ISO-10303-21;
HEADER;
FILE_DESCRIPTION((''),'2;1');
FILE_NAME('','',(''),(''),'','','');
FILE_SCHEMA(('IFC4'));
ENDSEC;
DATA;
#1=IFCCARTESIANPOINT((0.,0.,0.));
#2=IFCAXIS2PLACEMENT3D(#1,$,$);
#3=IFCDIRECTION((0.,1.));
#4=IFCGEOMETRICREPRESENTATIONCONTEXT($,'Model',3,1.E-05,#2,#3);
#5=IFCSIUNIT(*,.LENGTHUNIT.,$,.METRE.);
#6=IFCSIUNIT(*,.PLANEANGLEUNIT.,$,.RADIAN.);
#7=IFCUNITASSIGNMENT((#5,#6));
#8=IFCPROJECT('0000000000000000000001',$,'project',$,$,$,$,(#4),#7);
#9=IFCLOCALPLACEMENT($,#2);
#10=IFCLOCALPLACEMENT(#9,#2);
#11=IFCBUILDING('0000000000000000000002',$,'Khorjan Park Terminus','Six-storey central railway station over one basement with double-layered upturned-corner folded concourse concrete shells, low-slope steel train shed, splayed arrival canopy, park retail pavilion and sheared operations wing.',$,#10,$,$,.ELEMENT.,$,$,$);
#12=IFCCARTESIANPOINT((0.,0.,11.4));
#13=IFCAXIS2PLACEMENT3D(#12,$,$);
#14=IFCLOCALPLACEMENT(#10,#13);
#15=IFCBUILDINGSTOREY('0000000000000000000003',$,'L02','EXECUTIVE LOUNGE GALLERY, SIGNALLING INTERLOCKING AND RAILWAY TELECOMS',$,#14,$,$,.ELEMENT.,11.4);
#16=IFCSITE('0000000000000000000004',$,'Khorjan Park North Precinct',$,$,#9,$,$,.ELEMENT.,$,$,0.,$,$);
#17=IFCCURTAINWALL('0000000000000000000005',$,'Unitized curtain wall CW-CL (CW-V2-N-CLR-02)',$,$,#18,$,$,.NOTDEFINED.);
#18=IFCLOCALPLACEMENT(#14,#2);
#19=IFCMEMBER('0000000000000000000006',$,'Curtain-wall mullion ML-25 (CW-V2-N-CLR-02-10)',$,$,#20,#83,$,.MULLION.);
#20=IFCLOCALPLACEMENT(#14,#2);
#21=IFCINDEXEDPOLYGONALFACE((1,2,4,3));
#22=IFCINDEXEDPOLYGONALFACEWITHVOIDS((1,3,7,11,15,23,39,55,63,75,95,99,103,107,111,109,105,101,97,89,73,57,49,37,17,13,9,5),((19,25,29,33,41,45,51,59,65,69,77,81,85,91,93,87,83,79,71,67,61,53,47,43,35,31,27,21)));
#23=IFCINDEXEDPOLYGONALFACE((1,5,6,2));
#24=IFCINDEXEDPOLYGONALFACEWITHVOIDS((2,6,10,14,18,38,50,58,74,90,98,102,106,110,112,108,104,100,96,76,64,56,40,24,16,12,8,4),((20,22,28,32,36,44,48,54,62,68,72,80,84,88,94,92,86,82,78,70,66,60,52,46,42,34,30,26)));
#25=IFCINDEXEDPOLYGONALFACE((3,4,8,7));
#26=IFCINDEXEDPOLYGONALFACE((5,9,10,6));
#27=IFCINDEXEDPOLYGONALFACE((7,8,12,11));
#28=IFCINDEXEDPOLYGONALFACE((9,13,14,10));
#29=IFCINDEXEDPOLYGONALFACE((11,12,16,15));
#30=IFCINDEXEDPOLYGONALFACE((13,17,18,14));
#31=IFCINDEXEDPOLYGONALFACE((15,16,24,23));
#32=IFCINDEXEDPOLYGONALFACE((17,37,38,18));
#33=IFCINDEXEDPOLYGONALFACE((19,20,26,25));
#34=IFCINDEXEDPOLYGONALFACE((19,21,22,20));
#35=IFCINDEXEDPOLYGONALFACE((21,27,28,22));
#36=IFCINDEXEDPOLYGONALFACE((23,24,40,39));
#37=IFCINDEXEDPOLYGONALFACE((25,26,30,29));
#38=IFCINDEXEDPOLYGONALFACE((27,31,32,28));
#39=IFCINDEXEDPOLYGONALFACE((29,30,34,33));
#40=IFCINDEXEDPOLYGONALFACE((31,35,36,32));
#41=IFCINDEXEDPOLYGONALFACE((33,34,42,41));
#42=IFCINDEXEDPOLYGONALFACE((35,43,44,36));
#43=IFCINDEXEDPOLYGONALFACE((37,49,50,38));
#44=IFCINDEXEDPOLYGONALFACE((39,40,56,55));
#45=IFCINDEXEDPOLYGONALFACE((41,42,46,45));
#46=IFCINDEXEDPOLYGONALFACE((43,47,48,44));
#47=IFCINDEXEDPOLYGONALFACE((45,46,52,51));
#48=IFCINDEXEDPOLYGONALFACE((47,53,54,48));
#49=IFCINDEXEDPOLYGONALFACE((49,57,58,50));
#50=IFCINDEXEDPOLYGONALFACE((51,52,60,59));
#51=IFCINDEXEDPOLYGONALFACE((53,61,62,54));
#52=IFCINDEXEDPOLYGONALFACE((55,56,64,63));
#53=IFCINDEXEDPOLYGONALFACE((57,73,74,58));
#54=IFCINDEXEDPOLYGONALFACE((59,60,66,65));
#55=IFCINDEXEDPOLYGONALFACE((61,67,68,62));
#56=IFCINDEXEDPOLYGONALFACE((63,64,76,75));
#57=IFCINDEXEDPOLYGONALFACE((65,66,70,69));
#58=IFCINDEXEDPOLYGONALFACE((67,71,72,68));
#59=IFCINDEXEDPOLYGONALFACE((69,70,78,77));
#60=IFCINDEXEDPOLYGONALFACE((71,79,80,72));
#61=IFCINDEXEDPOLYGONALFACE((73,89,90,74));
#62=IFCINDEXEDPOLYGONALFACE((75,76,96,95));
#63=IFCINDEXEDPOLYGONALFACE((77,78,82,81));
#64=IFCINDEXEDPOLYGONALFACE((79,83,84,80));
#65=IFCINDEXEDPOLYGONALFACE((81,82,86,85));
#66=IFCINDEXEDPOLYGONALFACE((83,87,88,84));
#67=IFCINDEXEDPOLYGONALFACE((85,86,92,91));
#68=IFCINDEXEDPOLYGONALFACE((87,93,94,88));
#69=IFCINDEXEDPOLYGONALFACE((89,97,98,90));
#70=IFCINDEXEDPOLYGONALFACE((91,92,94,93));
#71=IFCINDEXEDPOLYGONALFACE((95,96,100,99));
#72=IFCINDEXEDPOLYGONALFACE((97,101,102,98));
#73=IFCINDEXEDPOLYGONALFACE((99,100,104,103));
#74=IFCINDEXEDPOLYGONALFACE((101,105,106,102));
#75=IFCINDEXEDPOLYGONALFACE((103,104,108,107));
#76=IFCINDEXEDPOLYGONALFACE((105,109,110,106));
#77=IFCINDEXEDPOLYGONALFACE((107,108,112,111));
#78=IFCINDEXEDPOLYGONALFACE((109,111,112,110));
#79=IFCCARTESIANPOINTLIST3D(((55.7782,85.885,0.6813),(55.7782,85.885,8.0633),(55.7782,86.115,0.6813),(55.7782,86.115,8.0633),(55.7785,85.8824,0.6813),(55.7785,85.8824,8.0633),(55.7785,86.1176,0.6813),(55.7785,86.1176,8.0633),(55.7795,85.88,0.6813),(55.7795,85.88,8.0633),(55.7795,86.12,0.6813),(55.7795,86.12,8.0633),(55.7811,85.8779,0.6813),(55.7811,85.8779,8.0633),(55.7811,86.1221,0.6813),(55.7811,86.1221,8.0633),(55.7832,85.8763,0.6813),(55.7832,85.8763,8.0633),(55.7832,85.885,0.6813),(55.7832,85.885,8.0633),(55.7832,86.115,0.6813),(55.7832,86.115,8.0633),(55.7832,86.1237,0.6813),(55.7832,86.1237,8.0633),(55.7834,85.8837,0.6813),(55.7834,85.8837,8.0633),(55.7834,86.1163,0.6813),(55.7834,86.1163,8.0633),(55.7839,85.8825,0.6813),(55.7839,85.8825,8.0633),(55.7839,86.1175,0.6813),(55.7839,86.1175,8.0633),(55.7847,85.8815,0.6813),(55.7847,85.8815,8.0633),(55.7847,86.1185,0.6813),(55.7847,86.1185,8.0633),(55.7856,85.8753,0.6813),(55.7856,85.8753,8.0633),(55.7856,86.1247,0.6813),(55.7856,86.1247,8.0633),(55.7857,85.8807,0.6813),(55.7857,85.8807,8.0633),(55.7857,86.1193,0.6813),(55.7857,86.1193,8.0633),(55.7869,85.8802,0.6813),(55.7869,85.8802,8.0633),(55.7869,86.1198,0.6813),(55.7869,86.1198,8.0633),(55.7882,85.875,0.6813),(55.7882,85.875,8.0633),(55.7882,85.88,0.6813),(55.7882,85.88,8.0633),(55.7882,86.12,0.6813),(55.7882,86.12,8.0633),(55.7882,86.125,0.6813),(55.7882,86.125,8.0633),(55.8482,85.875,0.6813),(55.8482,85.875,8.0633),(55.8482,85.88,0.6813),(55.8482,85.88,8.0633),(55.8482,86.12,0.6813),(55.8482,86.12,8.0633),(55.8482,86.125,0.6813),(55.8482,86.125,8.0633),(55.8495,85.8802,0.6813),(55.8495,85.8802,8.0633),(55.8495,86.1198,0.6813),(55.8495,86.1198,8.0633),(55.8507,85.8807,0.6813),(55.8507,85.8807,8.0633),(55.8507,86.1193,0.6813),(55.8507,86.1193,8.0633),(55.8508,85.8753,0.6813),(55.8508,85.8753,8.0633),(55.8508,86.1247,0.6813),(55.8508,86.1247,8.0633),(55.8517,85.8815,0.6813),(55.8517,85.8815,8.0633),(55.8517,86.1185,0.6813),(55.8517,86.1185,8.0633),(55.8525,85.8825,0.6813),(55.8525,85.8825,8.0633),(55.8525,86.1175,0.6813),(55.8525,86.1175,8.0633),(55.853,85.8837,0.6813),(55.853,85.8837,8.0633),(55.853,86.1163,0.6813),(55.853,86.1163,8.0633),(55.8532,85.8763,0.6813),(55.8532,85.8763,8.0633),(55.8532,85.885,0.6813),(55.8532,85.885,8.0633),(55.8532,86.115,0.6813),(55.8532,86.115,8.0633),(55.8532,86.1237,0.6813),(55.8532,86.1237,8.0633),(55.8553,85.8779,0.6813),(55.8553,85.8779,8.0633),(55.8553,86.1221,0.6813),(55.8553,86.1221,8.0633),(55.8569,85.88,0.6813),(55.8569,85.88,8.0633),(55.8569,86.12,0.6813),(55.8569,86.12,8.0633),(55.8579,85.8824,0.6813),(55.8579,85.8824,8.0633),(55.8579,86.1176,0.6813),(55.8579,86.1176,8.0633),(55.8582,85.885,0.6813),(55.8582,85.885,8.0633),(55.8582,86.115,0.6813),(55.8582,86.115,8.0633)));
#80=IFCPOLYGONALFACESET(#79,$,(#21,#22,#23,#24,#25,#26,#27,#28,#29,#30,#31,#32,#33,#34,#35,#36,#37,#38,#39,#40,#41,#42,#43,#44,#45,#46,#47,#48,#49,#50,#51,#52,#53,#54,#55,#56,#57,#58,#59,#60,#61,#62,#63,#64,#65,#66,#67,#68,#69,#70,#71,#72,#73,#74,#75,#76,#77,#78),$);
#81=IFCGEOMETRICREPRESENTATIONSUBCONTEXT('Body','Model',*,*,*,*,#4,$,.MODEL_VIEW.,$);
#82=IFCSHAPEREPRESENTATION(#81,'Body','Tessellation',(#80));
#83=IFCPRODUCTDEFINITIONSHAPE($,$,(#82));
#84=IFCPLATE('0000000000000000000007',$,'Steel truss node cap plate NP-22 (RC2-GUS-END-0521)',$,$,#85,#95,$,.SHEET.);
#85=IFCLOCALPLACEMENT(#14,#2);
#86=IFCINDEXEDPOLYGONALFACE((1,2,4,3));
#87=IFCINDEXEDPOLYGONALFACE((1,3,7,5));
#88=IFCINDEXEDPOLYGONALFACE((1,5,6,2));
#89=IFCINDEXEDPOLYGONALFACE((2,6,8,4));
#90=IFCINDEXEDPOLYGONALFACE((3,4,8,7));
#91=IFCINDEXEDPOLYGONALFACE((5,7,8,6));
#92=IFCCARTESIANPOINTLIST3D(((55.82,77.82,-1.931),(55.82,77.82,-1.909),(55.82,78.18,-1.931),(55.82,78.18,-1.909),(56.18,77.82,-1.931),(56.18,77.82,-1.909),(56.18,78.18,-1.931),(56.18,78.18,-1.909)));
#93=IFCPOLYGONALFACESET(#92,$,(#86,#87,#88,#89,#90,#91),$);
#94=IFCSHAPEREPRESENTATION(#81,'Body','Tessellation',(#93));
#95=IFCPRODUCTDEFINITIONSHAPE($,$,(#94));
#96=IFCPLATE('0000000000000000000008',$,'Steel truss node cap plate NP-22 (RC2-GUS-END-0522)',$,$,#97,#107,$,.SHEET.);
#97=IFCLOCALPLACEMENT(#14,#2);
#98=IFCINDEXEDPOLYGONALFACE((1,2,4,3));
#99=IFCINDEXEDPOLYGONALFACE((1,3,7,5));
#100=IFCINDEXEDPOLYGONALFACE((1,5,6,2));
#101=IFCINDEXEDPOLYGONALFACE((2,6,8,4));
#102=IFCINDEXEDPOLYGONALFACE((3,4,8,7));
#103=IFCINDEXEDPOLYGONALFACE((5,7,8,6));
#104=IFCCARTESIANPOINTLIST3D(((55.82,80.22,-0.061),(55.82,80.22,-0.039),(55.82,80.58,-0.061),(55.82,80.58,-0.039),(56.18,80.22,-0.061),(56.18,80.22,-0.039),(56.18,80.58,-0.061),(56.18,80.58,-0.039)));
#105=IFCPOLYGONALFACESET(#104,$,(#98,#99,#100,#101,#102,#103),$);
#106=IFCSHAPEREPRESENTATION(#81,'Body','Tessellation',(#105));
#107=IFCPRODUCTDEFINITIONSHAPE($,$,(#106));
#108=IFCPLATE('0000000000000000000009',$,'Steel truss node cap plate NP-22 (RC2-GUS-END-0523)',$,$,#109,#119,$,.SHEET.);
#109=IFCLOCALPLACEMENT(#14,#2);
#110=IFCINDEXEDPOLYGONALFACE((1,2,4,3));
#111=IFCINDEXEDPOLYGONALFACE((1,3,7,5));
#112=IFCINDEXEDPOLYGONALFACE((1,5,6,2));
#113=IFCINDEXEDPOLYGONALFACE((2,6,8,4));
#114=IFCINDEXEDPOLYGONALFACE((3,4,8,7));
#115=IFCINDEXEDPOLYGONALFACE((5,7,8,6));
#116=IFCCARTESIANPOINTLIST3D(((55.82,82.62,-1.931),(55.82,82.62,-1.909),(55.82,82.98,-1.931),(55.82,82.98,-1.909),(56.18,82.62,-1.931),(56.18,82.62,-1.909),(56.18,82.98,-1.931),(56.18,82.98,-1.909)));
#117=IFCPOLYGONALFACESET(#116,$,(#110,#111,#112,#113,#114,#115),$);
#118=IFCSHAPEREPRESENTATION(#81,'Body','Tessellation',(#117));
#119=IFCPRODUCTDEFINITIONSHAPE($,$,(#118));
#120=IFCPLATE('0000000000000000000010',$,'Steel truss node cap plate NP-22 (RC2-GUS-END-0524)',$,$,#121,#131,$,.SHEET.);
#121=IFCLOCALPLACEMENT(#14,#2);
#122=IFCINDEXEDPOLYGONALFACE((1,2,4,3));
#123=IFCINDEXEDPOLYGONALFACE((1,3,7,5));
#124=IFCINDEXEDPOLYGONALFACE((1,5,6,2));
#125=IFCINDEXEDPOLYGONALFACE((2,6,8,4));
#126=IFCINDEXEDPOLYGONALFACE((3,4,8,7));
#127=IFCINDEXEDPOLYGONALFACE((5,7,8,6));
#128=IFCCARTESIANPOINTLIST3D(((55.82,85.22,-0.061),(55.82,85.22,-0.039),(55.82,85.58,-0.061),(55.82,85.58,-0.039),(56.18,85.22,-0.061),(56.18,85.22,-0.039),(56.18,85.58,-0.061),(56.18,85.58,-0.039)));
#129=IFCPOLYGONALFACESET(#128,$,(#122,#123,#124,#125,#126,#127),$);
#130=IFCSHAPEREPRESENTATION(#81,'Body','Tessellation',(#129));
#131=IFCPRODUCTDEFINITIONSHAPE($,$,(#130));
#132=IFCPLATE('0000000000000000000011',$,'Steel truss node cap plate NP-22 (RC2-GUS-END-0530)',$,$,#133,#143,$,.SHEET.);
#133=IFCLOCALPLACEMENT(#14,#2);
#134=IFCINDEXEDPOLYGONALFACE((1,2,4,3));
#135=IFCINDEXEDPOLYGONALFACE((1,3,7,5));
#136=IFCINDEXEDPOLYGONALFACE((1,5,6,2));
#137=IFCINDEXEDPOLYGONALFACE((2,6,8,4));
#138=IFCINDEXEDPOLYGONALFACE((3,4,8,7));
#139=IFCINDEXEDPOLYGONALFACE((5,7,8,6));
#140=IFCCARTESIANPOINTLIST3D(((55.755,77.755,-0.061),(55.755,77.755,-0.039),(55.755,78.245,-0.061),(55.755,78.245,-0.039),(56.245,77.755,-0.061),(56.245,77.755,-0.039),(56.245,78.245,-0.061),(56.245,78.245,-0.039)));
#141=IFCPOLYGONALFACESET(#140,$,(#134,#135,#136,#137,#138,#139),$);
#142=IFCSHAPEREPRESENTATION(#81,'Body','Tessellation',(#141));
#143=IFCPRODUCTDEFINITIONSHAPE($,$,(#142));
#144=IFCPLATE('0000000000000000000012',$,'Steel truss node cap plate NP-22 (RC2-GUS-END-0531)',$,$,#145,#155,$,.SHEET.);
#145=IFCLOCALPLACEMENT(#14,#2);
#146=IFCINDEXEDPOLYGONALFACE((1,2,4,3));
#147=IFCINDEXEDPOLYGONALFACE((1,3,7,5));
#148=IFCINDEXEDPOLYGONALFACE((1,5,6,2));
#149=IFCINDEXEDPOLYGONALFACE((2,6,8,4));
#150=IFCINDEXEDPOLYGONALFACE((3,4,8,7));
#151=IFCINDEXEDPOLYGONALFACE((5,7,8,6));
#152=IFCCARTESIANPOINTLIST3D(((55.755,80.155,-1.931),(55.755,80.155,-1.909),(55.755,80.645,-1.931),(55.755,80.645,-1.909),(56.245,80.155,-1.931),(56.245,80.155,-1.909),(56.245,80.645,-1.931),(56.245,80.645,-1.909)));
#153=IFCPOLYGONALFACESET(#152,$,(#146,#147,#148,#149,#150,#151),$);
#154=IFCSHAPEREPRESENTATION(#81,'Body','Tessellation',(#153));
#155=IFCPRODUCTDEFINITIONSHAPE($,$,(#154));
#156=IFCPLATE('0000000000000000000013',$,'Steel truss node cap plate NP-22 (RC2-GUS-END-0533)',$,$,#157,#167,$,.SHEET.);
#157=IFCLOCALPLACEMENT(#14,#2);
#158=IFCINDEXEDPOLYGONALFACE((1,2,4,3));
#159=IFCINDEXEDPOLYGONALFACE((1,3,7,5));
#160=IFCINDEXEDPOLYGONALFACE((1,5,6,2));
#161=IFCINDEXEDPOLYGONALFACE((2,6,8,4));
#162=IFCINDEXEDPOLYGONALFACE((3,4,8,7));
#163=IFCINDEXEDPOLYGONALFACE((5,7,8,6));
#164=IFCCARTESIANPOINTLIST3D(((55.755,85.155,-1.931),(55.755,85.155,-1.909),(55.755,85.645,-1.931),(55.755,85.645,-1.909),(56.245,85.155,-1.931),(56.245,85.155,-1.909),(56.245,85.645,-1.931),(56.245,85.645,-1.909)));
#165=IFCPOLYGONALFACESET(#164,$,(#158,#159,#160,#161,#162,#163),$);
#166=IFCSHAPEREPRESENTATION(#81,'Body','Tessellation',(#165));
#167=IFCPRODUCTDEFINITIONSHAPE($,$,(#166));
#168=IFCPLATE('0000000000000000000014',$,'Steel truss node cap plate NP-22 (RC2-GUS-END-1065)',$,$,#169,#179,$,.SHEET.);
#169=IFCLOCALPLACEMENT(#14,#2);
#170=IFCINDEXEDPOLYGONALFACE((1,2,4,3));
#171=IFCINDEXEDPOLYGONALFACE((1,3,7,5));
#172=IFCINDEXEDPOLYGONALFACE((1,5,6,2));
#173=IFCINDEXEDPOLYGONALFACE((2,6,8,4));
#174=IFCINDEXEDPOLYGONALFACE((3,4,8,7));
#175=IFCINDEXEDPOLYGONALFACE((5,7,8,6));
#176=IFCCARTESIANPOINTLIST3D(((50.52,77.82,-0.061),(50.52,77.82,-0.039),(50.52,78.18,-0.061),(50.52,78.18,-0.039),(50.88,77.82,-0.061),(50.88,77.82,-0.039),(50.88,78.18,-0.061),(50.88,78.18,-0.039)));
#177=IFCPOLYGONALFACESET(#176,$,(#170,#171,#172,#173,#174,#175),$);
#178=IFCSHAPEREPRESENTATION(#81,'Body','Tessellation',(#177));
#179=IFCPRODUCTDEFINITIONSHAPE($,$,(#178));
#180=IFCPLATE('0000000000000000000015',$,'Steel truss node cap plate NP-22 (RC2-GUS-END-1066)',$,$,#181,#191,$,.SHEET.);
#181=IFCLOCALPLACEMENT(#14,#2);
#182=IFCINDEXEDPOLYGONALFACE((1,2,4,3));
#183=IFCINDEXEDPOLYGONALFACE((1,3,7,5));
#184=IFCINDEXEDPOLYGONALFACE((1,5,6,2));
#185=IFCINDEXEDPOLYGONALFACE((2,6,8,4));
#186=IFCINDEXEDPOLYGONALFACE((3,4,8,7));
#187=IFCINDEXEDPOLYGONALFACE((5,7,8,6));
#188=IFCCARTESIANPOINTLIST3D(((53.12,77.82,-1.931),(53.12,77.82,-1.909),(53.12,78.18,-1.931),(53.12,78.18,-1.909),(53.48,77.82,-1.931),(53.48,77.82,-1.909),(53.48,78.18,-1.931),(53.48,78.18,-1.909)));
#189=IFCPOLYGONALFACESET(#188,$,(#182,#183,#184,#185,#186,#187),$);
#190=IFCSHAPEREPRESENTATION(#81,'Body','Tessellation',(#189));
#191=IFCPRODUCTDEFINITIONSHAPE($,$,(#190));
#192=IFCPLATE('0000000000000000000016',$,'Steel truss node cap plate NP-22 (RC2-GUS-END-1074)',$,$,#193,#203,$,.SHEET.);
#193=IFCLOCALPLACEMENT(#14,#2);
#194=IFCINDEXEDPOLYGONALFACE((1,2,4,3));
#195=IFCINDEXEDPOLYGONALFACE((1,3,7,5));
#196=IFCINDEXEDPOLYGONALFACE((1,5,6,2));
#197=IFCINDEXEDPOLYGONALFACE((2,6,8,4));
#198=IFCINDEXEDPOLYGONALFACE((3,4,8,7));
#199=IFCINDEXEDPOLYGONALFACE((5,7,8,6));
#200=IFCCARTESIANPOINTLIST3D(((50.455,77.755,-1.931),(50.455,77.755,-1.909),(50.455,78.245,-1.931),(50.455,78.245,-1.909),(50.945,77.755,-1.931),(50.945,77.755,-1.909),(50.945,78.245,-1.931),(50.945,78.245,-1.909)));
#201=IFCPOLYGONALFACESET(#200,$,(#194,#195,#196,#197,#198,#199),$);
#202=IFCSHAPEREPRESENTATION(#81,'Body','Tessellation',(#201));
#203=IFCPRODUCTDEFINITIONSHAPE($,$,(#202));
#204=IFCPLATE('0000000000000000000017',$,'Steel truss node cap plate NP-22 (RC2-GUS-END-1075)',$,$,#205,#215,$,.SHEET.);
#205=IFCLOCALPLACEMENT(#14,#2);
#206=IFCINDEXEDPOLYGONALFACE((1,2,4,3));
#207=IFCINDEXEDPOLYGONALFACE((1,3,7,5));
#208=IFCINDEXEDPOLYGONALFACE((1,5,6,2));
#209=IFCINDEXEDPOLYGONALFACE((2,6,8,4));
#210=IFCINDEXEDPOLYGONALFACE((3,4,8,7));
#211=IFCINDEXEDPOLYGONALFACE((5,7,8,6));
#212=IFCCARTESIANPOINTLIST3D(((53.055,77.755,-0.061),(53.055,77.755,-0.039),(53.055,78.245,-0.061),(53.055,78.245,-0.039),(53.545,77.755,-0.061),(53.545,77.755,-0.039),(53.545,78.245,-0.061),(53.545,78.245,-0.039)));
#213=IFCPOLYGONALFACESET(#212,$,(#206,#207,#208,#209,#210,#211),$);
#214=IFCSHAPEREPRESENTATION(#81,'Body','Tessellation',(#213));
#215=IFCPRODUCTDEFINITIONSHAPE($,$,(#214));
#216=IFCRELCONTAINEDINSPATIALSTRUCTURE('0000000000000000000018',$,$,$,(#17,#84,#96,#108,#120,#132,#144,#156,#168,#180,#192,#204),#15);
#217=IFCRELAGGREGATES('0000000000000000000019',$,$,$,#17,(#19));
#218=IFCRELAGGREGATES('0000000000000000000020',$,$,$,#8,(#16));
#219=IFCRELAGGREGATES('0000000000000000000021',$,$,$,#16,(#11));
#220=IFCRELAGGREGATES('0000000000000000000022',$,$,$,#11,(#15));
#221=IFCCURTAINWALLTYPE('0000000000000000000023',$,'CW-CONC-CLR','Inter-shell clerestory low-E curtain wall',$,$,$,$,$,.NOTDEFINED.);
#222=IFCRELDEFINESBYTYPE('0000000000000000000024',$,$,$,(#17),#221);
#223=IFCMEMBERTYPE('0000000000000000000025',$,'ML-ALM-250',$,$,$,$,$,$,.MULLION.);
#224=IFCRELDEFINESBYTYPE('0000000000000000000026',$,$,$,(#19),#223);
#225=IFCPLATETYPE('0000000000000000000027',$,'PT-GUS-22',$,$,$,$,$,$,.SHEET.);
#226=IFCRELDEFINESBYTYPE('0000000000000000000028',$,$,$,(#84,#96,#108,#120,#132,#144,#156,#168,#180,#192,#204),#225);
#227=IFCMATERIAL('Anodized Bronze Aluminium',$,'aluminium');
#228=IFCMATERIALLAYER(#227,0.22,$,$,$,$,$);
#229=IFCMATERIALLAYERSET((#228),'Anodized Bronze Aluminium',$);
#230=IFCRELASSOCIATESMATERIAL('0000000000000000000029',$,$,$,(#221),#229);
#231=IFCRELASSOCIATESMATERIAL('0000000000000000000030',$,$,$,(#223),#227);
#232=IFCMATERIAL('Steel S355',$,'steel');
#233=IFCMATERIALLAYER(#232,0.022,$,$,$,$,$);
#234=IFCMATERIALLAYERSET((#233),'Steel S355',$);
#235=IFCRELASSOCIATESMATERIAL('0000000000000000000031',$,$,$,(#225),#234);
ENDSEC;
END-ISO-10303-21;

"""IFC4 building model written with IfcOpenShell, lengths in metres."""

from ifc_helpers import new_model, si_unit, direction, frame, origin, origin_2d, place, context, subcontext, project, spatial, rectangle, hollow_rectangle, extrude, material, layer, layer_set, material_profile, profile_set, type_object, element, aggregate, save


model = new_model("IFC4")

# Units and contexts
model_context = context("Model", 3, precision=1e-05, world=origin(), true_north=direction((0.0, 1.0)))
body_context = subcontext(model_context, "Body", "Model", "MODEL_VIEW")
ifc_project = project(units=[si_unit("LENGTHUNIT", "METRE"), si_unit("PLANEANGLEUNIT", "RADIAN")], contexts=[model_context])

# Site, building, storey
site_placement = place(None, origin())
site = spatial("IfcSite", under=ifc_project, at=site_placement, Name="Khorjan Park North Precinct", CompositionType="ELEMENT", RefElevation=0.0)
building_placement = place(site_placement, origin())
building = spatial("IfcBuilding", under=site, at=building_placement, Name="Khorjan Park Terminus", Description="Six-storey central railway station over one basement with double-layered upturned-corner folded concourse concrete shells, low-slope steel train shed, splayed arrival canopy, park retail pavilion and sheared operations wing.", CompositionType="ELEMENT")
storey_placement = place(building_placement, frame((0.0, 0.0, 11.4)))
storey = spatial("IfcBuildingStorey", under=building, at=storey_placement, Name="L02", Description="EXECUTIVE LOUNGE GALLERY, SIGNALLING INTERLOCKING AND RAILWAY TELECOMS", CompositionType="ELEMENT", Elevation=11.4)

# Shared definitions
ifc_material_1 = material(Name="Steel S355", Category="steel")

# Curtain wall, member
ifc_material_2 = material(Name="Anodized Bronze Aluminium", Category="aluminium")
ifc_layer_1 = layer(ifc_material_2, 0.22)
ifc_layer_set_1 = layer_set([ifc_layer_1], Name="Anodized Bronze Aluminium")
curtain_wall_type = type_object("IfcCurtainWallType", Name="CW-CONC-CLR", Description="Inter-shell clerestory low-E curtain wall", PredefinedType="NOTDEFINED", material=ifc_layer_set_1)
curtain_wall_placement = place(storey_placement, origin())
curtain_wall = element("IfcCurtainWall", 1, at=curtain_wall_placement, inside=storey, type_object=curtain_wall_type, Name="Unitized curtain wall CW-CL (CW-V2-N-CLR-02)", PredefinedType="NOTDEFINED")
ifc_material_profile_1 = material_profile(ifc_material_2, hollow_rectangle(XDim=0.08, YDim=0.25, WallThickness=0.005, InnerFilletRadius=0.005, OuterFilletRadius=0.01, at=origin_2d()), Name="ALM 80x250x5")
ifc_profile_set_1 = profile_set([ifc_material_profile_1], Name="Anodized Bronze Aluminium")
member_type_1 = type_object("IfcMemberType", Name="ML-ALM-250", PredefinedType="MULLION", material=ifc_profile_set_1)
member_1_placement = place(storey_placement, frame((55.8182, 86.0, 0.6813), z_axis=(0.0, 0.0, 1.0), x_axis=(-1.0, 0.0, 0.0)))
member_1 = element("IfcMember", 2, at=member_1_placement, type_object=member_type_1, Name="Curtain-wall mullion ML-25 (CW-V2-N-CLR-02-10)", PredefinedType="MULLION", context=body_context, shape_type="SweptSolid", body=[
    extrude(hollow_rectangle(XDim=0.08, YDim=0.25, WallThickness=0.005, InnerFilletRadius=0.005, OuterFilletRadius=0.01, at=origin_2d()), origin(), (0.0, 0.0, 1.0), 7.382),
])
aggregate(curtain_wall, [member_1])

# Plates
ifc_layer_2 = layer(ifc_material_1, 0.022)
ifc_layer_set_2 = layer_set([ifc_layer_2], Name="Steel S355")
plate_type = type_object("IfcPlateType", Name="PT-GUS-22", PredefinedType="SHEET", material=ifc_layer_set_2)
for number, where, z_axis, x_axis, name in (
    (3, (56.0, 78.0, -1.931), (0.0, 0.0, 1.0), (1.0, 0.0, 0.0), "Steel truss node cap plate NP-22 (RC2-GUS-END-0521)"),
    (4, (56.0, 80.4, -0.061), (0.0, 0.0, 1.0), (1.0, 0.0, 0.0), "Steel truss node cap plate NP-22 (RC2-GUS-END-0522)"),
    (5, (56.0, 82.8, -1.931), (0.0, 0.0, 1.0), (1.0, 0.0, 0.0), "Steel truss node cap plate NP-22 (RC2-GUS-END-0523)"),
    (6, (56.0, 85.4, -0.061), (0.0, 0.0, 1.0), (1.0, 0.0, 0.0), "Steel truss node cap plate NP-22 (RC2-GUS-END-0524)"),
):
    element("IfcPlate", number, at=place(storey_placement, frame(where, z_axis=z_axis, x_axis=x_axis)), inside=storey, type_object=plate_type, Name=name, PredefinedType="SHEET", context=body_context, shape_type="SweptSolid", body=[
        extrude(rectangle(XDim=0.36, YDim=0.36, at=origin_2d()), origin(), (0.0, 0.0, 1.0), 0.022),
    ])
for number, where, z_axis, x_axis, name in (
    (7, (56.0, 78.0, -0.061), (0.0, 0.0, 1.0), (1.0, 0.0, 0.0), "Steel truss node cap plate NP-22 (RC2-GUS-END-0530)"),
    (8, (56.0, 80.4, -1.931), (0.0, 0.0, 1.0), (1.0, 0.0, 0.0), "Steel truss node cap plate NP-22 (RC2-GUS-END-0531)"),
    (9, (56.0, 85.4, -1.931), (0.0, 0.0, 1.0), (1.0, 0.0, 0.0), "Steel truss node cap plate NP-22 (RC2-GUS-END-0533)"),
):
    element("IfcPlate", number, at=place(storey_placement, frame(where, z_axis=z_axis, x_axis=x_axis)), inside=storey, type_object=plate_type, Name=name, PredefinedType="SHEET", context=body_context, shape_type="SweptSolid", body=[
        extrude(rectangle(XDim=0.49, YDim=0.49, at=origin_2d()), origin(), (0.0, 0.0, 1.0), 0.022),
    ])
for number, where, z_axis, x_axis, name in (
    (10, (50.7, 78.0, -0.061), (0.0, 0.0, 1.0), (1.0, 0.0, 0.0), "Steel truss node cap plate NP-22 (RC2-GUS-END-1065)"),
    (11, (53.3, 78.0, -1.931), (0.0, 0.0, 1.0), (1.0, 0.0, 0.0), "Steel truss node cap plate NP-22 (RC2-GUS-END-1066)"),
):
    element("IfcPlate", number, at=place(storey_placement, frame(where, z_axis=z_axis, x_axis=x_axis)), inside=storey, type_object=plate_type, Name=name, PredefinedType="SHEET", context=body_context, shape_type="SweptSolid", body=[
        extrude(rectangle(XDim=0.36, YDim=0.36, at=origin_2d()), origin(), (0.0, 0.0, 1.0), 0.022),
    ])
for number, where, z_axis, x_axis, name in (
    (12, (50.7, 78.0, -1.931), (0.0, 0.0, 1.0), (1.0, 0.0, 0.0), "Steel truss node cap plate NP-22 (RC2-GUS-END-1074)"),
    (13, (53.3, 78.0, -0.061), (0.0, 0.0, 1.0), (1.0, 0.0, 0.0), "Steel truss node cap plate NP-22 (RC2-GUS-END-1075)"),
):
    element("IfcPlate", number, at=place(storey_placement, frame(where, z_axis=z_axis, x_axis=x_axis)), inside=storey, type_object=plate_type, Name=name, PredefinedType="SHEET", context=body_context, shape_type="SweptSolid", body=[
        extrude(rectangle(XDim=0.49, YDim=0.49, at=origin_2d()), origin(), (0.0, 0.0, 1.0), 0.022),
    ])

save(model, "model.ifc")
